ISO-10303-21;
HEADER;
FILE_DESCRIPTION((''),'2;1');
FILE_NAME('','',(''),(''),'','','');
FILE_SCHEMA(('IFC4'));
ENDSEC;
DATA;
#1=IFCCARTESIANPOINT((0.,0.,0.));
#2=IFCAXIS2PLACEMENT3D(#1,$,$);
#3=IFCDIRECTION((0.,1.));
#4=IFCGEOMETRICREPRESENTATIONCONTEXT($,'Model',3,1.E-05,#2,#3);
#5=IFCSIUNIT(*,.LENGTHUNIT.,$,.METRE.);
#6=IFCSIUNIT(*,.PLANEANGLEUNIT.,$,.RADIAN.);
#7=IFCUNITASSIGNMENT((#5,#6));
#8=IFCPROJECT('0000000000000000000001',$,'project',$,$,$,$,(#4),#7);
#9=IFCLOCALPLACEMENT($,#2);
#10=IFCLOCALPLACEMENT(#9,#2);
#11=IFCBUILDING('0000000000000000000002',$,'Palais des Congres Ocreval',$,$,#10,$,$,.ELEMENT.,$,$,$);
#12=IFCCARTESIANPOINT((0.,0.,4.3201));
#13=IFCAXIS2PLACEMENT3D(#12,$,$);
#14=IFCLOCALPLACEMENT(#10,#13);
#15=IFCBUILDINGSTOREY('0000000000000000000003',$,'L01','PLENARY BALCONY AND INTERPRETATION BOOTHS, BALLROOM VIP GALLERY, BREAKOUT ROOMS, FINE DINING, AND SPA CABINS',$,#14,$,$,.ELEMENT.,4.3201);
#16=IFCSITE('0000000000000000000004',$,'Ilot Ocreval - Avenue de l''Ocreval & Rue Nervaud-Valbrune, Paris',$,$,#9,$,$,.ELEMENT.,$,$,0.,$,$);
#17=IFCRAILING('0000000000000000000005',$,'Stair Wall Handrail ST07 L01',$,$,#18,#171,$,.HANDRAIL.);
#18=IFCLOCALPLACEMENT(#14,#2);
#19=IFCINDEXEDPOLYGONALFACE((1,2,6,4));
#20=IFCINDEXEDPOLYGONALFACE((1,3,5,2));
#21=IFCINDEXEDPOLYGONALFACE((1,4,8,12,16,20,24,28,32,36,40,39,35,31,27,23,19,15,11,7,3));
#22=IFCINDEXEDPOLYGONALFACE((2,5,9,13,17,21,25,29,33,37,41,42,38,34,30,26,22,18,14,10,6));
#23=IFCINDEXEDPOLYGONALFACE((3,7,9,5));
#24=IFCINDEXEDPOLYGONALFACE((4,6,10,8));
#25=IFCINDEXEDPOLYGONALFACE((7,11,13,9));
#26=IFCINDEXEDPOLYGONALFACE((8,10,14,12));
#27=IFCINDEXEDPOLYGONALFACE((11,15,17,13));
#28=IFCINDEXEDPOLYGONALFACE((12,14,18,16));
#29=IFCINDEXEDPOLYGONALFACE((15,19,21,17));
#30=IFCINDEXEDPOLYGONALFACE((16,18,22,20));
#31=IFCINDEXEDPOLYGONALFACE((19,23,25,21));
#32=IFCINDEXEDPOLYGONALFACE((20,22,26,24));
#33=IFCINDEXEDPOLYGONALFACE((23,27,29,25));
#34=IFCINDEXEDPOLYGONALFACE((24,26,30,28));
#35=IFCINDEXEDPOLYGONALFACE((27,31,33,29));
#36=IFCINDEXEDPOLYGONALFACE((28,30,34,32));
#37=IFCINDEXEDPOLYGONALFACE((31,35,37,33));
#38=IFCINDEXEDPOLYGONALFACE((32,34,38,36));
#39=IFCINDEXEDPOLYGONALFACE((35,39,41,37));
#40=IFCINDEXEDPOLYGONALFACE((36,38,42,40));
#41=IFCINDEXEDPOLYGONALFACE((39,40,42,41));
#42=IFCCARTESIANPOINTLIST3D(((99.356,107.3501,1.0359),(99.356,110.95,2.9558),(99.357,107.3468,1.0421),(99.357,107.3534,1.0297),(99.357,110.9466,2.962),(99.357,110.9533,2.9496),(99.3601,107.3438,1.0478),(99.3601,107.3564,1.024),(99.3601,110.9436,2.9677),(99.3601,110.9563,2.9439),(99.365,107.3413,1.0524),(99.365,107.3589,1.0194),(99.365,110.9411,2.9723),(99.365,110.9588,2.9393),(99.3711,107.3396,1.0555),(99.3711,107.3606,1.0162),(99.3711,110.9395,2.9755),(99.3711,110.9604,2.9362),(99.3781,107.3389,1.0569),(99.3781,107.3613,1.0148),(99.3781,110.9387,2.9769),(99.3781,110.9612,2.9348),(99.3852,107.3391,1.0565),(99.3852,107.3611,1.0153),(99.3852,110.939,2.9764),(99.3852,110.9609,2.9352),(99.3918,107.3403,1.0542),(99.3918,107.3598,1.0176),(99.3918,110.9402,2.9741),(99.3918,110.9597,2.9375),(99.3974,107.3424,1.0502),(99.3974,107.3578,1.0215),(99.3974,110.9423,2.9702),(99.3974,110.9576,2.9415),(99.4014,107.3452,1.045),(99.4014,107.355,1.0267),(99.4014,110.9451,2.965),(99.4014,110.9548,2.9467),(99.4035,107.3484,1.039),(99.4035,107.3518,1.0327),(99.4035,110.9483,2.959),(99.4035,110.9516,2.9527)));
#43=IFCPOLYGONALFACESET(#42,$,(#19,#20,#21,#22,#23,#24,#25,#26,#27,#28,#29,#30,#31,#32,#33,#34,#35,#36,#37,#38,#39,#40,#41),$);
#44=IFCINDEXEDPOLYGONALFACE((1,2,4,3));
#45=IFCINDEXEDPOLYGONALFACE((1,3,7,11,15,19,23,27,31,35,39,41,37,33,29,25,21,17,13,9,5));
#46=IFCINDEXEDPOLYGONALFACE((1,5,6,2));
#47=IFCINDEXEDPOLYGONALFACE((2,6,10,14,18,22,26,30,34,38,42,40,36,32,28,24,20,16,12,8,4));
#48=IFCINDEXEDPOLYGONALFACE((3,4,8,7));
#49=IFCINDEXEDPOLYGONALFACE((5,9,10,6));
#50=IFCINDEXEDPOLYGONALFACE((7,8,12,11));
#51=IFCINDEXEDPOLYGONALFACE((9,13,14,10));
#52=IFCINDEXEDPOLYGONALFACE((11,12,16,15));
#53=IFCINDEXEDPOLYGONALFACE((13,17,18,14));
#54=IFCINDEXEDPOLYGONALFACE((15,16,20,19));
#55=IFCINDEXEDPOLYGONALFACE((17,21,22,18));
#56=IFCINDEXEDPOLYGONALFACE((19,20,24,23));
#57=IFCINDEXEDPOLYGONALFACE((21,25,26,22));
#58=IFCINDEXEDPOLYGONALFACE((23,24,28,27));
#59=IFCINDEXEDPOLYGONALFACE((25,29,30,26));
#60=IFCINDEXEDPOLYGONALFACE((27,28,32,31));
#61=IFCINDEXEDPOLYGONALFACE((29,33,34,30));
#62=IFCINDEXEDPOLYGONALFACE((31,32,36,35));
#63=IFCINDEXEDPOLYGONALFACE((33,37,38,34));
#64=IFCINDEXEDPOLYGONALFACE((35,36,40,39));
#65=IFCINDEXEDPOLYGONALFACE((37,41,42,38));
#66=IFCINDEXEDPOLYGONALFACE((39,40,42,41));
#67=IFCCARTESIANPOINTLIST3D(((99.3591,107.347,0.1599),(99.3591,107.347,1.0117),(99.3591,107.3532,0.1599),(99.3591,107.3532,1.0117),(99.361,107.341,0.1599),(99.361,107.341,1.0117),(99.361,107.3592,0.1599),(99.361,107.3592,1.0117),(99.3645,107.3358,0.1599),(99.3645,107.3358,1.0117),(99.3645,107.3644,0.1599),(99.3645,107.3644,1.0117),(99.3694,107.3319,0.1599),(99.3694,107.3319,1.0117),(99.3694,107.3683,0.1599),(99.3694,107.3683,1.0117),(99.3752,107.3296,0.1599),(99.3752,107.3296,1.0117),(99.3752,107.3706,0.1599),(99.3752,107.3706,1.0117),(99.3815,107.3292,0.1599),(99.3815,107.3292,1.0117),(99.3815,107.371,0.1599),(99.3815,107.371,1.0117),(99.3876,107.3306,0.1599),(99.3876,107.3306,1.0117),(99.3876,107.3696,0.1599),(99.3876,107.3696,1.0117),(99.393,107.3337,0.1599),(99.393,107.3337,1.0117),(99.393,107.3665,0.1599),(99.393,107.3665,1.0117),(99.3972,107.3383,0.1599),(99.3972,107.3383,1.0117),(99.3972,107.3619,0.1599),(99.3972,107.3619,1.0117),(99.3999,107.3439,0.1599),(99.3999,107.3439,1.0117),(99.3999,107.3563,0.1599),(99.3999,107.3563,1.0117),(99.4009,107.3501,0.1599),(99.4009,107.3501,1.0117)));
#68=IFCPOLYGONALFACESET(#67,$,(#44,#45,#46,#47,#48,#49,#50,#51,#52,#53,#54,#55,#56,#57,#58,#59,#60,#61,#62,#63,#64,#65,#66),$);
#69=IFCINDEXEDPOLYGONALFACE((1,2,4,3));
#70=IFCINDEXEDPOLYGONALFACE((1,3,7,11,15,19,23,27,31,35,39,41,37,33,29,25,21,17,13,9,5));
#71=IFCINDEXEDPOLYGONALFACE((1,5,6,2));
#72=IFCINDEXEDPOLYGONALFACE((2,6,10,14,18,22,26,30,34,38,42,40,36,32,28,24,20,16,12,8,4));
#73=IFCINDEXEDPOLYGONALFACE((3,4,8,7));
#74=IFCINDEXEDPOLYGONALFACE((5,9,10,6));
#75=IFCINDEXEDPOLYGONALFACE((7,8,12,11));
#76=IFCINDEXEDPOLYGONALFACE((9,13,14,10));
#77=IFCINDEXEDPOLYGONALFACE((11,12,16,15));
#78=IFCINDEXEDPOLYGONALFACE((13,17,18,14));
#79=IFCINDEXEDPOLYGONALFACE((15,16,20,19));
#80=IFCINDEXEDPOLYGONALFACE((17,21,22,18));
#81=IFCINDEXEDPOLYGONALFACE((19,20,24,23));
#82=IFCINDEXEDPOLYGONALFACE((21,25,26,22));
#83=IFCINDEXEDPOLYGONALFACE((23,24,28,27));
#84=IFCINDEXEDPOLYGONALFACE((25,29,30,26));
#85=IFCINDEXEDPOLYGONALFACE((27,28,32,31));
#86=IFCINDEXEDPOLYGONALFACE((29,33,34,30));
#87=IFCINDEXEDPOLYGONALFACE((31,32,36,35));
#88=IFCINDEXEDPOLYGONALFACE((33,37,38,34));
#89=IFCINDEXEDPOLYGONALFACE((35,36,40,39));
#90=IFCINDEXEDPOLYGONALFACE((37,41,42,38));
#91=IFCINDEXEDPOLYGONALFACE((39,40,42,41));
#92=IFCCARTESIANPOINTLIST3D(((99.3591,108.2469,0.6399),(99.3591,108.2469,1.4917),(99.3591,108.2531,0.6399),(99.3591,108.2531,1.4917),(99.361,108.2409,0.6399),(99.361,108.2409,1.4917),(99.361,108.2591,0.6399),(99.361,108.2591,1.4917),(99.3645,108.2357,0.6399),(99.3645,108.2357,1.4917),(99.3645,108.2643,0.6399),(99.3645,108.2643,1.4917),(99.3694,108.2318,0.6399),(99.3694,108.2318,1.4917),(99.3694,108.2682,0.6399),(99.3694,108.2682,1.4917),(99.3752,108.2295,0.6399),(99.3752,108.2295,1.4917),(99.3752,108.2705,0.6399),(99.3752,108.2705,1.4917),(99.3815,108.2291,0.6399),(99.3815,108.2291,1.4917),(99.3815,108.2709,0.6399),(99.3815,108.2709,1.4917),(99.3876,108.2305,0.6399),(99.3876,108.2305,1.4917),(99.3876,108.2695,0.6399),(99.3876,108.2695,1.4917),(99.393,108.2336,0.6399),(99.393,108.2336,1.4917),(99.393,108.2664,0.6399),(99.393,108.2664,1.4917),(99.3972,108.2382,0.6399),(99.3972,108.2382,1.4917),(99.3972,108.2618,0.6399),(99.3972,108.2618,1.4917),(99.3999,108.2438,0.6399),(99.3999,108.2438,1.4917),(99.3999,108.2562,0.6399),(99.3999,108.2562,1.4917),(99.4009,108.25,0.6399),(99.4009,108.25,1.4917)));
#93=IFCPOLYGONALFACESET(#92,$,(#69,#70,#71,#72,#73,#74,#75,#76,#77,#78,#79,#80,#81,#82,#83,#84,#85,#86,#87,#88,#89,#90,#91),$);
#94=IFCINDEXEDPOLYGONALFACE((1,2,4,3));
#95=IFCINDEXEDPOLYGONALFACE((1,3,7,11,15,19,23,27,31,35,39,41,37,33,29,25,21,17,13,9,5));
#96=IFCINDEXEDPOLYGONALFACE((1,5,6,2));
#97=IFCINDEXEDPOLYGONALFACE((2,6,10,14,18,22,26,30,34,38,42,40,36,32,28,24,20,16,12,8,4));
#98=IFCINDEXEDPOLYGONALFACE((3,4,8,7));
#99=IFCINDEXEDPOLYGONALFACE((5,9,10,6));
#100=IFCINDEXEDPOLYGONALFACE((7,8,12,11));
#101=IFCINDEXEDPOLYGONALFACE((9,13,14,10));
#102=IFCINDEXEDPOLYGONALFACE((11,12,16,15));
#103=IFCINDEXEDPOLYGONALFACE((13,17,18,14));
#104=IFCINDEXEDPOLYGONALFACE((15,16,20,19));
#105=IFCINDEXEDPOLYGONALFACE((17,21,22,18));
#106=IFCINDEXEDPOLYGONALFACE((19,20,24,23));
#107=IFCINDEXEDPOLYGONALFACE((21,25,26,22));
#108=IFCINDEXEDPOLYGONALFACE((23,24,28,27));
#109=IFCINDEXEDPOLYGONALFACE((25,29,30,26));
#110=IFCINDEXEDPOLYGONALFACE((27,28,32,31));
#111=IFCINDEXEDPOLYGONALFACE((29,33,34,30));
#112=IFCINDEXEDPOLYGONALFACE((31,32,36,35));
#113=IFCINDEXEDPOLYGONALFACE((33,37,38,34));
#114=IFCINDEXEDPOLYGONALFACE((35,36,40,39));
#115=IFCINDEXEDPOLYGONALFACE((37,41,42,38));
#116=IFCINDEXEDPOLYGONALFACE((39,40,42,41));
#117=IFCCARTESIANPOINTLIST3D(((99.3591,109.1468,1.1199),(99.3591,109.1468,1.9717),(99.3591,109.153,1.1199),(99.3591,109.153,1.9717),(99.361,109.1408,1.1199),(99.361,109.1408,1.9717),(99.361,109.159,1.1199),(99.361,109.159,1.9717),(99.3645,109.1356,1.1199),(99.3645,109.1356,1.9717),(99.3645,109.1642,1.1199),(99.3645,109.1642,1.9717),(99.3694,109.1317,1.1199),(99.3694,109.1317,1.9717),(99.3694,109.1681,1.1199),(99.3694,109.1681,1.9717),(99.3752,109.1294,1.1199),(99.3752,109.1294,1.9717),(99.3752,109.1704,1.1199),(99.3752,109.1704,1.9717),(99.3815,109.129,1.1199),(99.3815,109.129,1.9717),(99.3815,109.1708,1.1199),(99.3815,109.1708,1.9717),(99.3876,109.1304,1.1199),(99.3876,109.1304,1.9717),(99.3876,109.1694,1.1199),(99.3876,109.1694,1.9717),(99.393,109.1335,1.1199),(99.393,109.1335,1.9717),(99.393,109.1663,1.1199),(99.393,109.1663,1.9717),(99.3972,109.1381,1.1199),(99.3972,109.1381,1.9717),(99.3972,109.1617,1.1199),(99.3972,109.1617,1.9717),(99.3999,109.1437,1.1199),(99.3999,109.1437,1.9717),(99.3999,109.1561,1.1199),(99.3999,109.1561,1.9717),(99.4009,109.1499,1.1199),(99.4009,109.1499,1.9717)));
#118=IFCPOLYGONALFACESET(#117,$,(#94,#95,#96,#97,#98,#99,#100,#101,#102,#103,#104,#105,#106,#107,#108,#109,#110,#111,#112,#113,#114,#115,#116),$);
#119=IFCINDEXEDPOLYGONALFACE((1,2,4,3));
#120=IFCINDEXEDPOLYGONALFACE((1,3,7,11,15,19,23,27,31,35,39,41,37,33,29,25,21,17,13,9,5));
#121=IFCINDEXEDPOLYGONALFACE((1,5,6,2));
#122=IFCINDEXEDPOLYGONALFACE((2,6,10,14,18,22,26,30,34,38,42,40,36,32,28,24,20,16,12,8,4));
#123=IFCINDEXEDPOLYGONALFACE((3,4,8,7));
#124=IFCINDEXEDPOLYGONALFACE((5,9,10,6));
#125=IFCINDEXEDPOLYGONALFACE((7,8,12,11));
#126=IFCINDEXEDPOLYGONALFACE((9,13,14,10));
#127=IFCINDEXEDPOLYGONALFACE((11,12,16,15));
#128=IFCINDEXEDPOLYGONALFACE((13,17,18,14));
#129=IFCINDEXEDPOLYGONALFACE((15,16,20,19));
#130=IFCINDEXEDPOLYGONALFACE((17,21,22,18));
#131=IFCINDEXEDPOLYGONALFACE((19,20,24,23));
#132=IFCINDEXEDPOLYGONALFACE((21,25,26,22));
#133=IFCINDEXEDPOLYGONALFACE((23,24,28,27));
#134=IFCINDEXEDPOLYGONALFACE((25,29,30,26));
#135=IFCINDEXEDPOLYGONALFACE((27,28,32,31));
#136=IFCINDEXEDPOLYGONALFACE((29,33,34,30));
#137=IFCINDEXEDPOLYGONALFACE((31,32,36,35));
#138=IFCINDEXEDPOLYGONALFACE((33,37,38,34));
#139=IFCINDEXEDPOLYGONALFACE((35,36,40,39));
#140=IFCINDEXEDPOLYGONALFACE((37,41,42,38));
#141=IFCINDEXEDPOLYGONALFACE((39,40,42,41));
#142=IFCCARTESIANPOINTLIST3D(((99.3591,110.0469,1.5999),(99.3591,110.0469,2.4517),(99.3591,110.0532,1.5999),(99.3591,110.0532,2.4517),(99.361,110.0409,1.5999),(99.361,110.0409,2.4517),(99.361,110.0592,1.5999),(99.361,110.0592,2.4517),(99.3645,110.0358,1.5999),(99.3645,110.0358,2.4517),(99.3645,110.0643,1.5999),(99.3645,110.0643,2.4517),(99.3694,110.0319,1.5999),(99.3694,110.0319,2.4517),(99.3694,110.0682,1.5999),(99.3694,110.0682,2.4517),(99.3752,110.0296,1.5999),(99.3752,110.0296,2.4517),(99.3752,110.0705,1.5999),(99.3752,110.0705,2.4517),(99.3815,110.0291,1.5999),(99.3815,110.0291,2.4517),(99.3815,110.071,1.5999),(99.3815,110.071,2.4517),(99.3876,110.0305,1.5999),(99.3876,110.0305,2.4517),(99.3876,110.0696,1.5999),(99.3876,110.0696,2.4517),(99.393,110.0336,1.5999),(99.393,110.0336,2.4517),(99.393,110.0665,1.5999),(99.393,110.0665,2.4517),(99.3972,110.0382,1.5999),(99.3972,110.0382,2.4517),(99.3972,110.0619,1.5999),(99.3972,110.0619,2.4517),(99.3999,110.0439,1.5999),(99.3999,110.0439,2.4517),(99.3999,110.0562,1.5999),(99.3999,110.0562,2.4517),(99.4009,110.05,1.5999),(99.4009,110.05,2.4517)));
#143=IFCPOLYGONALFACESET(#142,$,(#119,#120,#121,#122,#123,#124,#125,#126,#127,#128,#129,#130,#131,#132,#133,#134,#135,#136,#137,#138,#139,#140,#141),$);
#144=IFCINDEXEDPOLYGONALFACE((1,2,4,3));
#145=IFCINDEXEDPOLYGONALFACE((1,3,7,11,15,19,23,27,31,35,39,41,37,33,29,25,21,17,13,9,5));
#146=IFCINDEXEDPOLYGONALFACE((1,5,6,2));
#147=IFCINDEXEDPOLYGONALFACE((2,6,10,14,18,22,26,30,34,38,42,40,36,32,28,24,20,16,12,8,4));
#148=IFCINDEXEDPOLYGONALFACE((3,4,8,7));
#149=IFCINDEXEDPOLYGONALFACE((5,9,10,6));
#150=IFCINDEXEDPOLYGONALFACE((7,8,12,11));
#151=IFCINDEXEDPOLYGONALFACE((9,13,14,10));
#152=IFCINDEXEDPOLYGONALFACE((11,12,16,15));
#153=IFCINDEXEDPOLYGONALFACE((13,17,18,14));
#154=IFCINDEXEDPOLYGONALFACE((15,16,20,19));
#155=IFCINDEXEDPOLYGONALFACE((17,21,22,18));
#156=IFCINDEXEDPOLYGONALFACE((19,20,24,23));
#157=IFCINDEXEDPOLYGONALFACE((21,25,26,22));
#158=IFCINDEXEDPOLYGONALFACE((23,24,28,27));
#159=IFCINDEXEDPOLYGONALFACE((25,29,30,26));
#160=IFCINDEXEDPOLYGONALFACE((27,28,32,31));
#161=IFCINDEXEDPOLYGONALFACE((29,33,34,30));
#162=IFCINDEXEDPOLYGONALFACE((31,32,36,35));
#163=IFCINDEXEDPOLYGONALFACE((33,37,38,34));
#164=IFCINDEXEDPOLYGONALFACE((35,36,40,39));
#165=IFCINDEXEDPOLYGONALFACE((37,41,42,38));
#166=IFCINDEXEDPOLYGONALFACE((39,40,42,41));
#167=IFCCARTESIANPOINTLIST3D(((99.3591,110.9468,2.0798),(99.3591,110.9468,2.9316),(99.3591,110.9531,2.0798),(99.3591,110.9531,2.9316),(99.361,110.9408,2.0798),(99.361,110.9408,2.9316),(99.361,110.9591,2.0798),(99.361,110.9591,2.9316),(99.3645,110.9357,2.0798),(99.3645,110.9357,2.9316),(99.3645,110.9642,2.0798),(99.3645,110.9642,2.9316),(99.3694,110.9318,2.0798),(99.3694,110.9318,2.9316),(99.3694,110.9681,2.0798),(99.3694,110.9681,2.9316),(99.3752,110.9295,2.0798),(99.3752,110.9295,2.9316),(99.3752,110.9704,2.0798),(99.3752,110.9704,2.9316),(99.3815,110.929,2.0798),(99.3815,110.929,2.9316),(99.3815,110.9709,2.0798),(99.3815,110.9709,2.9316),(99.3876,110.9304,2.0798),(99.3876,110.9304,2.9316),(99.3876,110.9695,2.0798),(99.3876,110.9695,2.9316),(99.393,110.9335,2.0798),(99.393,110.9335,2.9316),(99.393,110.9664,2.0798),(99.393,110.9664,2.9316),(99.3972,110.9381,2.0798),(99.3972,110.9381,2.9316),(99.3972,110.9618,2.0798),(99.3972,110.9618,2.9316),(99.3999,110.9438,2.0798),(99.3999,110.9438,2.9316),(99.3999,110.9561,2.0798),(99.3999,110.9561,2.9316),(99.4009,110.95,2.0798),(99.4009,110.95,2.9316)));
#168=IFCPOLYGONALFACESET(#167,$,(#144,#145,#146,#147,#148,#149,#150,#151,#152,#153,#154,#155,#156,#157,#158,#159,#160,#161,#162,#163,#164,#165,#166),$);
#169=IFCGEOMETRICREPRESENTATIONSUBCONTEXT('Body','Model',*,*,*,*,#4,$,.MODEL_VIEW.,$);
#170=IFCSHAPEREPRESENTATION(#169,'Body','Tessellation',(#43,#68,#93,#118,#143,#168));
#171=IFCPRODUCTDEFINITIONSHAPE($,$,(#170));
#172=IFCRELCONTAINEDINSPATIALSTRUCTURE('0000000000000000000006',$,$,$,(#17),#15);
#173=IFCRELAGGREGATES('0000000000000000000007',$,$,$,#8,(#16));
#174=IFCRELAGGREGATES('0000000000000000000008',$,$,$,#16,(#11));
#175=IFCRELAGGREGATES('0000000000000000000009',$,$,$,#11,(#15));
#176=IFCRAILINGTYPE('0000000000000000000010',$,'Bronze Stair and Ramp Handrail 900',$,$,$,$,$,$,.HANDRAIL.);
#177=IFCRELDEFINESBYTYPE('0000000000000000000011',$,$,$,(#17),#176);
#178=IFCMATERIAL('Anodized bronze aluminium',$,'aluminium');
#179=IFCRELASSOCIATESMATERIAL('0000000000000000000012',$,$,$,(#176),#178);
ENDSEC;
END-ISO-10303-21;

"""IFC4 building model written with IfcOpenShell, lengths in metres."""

from ifc_helpers import new_model, si_unit, direction, frame, origin, origin_2d, place, context, subcontext, project, spatial, circle, extrude, material, type_object, element, save


model = new_model("IFC4")

# Units and contexts
model_context = context("Model", 3, precision=1e-05, world=origin(), true_north=direction((0.0, 1.0)))
body_context = subcontext(model_context, "Body", "Model", "MODEL_VIEW")
ifc_project = project(units=[si_unit("LENGTHUNIT", "METRE"), si_unit("PLANEANGLEUNIT", "RADIAN")], contexts=[model_context])

# Site, building, storey
site_placement = place(None, origin())
site = spatial("IfcSite", under=ifc_project, at=site_placement, Name="Ilot Ocreval - Avenue de l'Ocreval & Rue Nervaud-Valbrune, Paris", CompositionType="ELEMENT", RefElevation=0.0)
building_placement = place(site_placement, origin())
building = spatial("IfcBuilding", under=site, at=building_placement, Name="Palais des Congres Ocreval", CompositionType="ELEMENT")
storey_placement = place(building_placement, frame((0.0, 0.0, 4.3201)))
storey = spatial("IfcBuildingStorey", under=building, at=storey_placement, Name="L01", Description="PLENARY BALCONY AND INTERPRETATION BOOTHS, BALLROOM VIP GALLERY, BREAKOUT ROOMS, FINE DINING, AND SPA CABINS", CompositionType="ELEMENT", Elevation=4.3201)

# Shared definitions
ifc_material_1 = material(Name="Anodized bronze aluminium", Category="aluminium")

# Railing
railing_type_1 = type_object("IfcRailingType", Name="Bronze Stair and Ramp Handrail 900", PredefinedType="HANDRAIL", material=ifc_material_1)
railing_1_placement = place(storey_placement, frame((99.3799, 107.3501, 0.1599)))
element("IfcRailing", 1, at=railing_1_placement, inside=storey, type_object=railing_type_1, Name="Stair Wall Handrail ST07 L01", PredefinedType="HANDRAIL", context=body_context, shape_type="SweptSolid", body=[
    extrude(circle(Radius=0.0239, at=origin_2d()), frame((0.0, 0.0, 0.876), z_axis=(0.0, 0.882353, 0.470588), x_axis=(-1.0, 0.0, 0.0)), (0.0, 0.0, 1.0), 4.0798),
    extrude(circle(Radius=0.021, at=origin_2d()), origin(), (0.0, 0.0, 1.0), 0.8518),
    extrude(circle(Radius=0.021, at=origin_2d()), frame((0.0, 0.8999, 0.48)), (0.0, 0.0, 1.0), 0.8518),
    extrude(circle(Radius=0.021, at=origin_2d()), frame((0.0, 1.7998, 0.96)), (0.0, 0.0, 1.0), 0.8518),
    extrude(circle(Radius=0.021, at=origin_2d()), frame((0.0, 2.7, 1.4399)), (0.0, 0.0, 1.0), 0.8518),
    extrude(circle(Radius=0.021, at=origin_2d()), frame((0.0, 3.5999, 1.9199)), (0.0, 0.0, 1.0), 0.8518),
])

save(model, "model.ifc")
